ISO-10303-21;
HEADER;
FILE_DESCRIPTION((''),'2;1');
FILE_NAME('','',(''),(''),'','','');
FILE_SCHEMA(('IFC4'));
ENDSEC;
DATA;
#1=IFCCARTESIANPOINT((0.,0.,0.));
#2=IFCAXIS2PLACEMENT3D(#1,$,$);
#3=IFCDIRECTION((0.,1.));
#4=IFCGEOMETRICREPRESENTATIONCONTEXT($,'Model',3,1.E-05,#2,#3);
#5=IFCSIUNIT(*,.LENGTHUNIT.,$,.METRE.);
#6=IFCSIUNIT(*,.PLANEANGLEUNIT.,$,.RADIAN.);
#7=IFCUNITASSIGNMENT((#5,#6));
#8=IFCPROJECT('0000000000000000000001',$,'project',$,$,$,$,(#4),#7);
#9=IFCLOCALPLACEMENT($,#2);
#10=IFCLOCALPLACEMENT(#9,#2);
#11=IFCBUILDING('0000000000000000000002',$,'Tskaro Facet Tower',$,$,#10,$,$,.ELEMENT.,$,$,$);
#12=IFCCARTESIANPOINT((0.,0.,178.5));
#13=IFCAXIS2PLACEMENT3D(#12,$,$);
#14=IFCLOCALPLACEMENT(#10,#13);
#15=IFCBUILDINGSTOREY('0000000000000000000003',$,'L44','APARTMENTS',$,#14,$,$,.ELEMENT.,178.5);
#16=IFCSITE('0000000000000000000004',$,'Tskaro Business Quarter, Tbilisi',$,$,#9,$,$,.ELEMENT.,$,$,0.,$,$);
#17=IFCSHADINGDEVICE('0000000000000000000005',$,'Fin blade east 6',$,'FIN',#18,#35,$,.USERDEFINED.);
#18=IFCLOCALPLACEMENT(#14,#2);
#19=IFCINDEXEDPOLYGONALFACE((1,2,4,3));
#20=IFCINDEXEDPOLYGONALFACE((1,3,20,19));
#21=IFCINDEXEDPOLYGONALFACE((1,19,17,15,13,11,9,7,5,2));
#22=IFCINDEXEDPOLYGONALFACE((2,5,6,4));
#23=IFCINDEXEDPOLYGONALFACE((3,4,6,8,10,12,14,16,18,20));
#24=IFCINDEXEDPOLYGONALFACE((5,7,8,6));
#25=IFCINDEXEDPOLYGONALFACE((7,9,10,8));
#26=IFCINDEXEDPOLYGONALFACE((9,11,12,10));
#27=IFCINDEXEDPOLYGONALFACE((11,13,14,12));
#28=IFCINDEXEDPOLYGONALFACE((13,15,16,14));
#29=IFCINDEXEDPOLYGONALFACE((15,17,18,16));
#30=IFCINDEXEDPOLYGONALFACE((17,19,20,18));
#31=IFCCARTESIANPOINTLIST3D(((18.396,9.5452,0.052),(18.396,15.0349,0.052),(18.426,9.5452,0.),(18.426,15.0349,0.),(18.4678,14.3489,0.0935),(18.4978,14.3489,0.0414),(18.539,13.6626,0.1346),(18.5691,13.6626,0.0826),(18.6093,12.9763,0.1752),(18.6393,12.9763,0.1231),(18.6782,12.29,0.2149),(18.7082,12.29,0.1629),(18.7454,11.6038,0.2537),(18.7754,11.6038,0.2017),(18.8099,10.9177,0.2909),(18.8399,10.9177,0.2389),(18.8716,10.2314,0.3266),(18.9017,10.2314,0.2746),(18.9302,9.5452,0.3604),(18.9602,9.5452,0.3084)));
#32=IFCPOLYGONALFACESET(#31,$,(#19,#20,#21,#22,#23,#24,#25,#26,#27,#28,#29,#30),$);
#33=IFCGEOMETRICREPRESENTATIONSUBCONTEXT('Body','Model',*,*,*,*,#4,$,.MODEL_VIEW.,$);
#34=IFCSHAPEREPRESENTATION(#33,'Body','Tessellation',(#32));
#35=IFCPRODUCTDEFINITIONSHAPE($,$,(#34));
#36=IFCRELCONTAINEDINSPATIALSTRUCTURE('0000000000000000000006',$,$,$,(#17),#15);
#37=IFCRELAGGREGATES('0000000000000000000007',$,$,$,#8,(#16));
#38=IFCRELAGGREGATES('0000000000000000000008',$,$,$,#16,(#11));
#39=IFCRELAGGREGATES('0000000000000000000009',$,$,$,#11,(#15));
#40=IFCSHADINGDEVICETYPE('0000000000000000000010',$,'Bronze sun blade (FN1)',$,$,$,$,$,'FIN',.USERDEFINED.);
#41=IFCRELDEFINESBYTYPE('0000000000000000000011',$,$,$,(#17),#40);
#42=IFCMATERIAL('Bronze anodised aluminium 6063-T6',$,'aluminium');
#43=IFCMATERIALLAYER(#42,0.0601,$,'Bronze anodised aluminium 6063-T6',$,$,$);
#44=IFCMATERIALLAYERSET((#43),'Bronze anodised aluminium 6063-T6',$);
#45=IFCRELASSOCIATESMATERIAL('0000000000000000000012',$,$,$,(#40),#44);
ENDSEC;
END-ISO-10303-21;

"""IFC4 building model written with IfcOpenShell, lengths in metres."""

from ifc_helpers import new_model, si_unit, direction, frame, origin, place, context, subcontext, project, spatial, polyline, outline, extrude, material, layer, layer_set, type_object, element, save


model = new_model("IFC4")

# Units and contexts
model_context = context("Model", 3, precision=1e-05, world=origin(), true_north=direction((0.0, 1.0)))
body_context = subcontext(model_context, "Body", "Model", "MODEL_VIEW")
ifc_project = project(units=[si_unit("LENGTHUNIT", "METRE"), si_unit("PLANEANGLEUNIT", "RADIAN")], contexts=[model_context])

# Site, building, storey
site_placement = place(None, origin())
site = spatial("IfcSite", under=ifc_project, at=site_placement, Name="Tskaro Business Quarter, Tbilisi", CompositionType="ELEMENT", RefElevation=0.0)
building_placement = place(site_placement, origin())
building = spatial("IfcBuilding", under=site, at=building_placement, Name="Tskaro Facet Tower", CompositionType="ELEMENT")
storey_placement = place(building_placement, frame((0.0, 0.0, 178.5)))
storey = spatial("IfcBuildingStorey", under=building, at=storey_placement, Name="L44", Description="APARTMENTS", CompositionType="ELEMENT", Elevation=178.5)

# Shared definitions
ifc_material_1 = material(Name="Bronze anodised aluminium 6063-T6", Category="aluminium")

# Shading device
ifc_layer_1 = layer(ifc_material_1, 0.0601, Name="Bronze anodised aluminium 6063-T6")
ifc_layer_set_1 = layer_set([ifc_layer_1], Name="Bronze anodised aluminium 6063-T6")
shading_device_type = type_object("IfcShadingDeviceType", Name="Bronze sun blade (FN1)", ElementType="FIN", PredefinedType="USERDEFINED", material=ifc_layer_set_1)
shading_device_1_placement = place(storey_placement, frame((18.396, 9.5452, 0.052), z_axis=(-0.499951, -0.000002, 0.866054), x_axis=(-0.000001, 1.0, 0.000002)))
element("IfcShadingDevice", 1, at=shading_device_1_placement, inside=storey, type_object=shading_device_type, Name="Fin blade east 6", ObjectType="FIN", PredefinedType="USERDEFINED", context=body_context, shape_type="SweptSolid", body=[
    extrude(outline(polyline([(0.0, 0.0), (5.4897, 0.0), (4.8037, -0.0829), (4.1174, -0.1652), (3.4312, -0.2463), (2.7449, -0.3258), (2.0586, -0.4034), (1.3726, -0.4779), (0.6863, -0.5492), (0.0, -0.6168), (0.0, 0.0)])), origin(), (0.0, 0.0, -1.0), 0.0601),
])

save(model, "model.ifc")
